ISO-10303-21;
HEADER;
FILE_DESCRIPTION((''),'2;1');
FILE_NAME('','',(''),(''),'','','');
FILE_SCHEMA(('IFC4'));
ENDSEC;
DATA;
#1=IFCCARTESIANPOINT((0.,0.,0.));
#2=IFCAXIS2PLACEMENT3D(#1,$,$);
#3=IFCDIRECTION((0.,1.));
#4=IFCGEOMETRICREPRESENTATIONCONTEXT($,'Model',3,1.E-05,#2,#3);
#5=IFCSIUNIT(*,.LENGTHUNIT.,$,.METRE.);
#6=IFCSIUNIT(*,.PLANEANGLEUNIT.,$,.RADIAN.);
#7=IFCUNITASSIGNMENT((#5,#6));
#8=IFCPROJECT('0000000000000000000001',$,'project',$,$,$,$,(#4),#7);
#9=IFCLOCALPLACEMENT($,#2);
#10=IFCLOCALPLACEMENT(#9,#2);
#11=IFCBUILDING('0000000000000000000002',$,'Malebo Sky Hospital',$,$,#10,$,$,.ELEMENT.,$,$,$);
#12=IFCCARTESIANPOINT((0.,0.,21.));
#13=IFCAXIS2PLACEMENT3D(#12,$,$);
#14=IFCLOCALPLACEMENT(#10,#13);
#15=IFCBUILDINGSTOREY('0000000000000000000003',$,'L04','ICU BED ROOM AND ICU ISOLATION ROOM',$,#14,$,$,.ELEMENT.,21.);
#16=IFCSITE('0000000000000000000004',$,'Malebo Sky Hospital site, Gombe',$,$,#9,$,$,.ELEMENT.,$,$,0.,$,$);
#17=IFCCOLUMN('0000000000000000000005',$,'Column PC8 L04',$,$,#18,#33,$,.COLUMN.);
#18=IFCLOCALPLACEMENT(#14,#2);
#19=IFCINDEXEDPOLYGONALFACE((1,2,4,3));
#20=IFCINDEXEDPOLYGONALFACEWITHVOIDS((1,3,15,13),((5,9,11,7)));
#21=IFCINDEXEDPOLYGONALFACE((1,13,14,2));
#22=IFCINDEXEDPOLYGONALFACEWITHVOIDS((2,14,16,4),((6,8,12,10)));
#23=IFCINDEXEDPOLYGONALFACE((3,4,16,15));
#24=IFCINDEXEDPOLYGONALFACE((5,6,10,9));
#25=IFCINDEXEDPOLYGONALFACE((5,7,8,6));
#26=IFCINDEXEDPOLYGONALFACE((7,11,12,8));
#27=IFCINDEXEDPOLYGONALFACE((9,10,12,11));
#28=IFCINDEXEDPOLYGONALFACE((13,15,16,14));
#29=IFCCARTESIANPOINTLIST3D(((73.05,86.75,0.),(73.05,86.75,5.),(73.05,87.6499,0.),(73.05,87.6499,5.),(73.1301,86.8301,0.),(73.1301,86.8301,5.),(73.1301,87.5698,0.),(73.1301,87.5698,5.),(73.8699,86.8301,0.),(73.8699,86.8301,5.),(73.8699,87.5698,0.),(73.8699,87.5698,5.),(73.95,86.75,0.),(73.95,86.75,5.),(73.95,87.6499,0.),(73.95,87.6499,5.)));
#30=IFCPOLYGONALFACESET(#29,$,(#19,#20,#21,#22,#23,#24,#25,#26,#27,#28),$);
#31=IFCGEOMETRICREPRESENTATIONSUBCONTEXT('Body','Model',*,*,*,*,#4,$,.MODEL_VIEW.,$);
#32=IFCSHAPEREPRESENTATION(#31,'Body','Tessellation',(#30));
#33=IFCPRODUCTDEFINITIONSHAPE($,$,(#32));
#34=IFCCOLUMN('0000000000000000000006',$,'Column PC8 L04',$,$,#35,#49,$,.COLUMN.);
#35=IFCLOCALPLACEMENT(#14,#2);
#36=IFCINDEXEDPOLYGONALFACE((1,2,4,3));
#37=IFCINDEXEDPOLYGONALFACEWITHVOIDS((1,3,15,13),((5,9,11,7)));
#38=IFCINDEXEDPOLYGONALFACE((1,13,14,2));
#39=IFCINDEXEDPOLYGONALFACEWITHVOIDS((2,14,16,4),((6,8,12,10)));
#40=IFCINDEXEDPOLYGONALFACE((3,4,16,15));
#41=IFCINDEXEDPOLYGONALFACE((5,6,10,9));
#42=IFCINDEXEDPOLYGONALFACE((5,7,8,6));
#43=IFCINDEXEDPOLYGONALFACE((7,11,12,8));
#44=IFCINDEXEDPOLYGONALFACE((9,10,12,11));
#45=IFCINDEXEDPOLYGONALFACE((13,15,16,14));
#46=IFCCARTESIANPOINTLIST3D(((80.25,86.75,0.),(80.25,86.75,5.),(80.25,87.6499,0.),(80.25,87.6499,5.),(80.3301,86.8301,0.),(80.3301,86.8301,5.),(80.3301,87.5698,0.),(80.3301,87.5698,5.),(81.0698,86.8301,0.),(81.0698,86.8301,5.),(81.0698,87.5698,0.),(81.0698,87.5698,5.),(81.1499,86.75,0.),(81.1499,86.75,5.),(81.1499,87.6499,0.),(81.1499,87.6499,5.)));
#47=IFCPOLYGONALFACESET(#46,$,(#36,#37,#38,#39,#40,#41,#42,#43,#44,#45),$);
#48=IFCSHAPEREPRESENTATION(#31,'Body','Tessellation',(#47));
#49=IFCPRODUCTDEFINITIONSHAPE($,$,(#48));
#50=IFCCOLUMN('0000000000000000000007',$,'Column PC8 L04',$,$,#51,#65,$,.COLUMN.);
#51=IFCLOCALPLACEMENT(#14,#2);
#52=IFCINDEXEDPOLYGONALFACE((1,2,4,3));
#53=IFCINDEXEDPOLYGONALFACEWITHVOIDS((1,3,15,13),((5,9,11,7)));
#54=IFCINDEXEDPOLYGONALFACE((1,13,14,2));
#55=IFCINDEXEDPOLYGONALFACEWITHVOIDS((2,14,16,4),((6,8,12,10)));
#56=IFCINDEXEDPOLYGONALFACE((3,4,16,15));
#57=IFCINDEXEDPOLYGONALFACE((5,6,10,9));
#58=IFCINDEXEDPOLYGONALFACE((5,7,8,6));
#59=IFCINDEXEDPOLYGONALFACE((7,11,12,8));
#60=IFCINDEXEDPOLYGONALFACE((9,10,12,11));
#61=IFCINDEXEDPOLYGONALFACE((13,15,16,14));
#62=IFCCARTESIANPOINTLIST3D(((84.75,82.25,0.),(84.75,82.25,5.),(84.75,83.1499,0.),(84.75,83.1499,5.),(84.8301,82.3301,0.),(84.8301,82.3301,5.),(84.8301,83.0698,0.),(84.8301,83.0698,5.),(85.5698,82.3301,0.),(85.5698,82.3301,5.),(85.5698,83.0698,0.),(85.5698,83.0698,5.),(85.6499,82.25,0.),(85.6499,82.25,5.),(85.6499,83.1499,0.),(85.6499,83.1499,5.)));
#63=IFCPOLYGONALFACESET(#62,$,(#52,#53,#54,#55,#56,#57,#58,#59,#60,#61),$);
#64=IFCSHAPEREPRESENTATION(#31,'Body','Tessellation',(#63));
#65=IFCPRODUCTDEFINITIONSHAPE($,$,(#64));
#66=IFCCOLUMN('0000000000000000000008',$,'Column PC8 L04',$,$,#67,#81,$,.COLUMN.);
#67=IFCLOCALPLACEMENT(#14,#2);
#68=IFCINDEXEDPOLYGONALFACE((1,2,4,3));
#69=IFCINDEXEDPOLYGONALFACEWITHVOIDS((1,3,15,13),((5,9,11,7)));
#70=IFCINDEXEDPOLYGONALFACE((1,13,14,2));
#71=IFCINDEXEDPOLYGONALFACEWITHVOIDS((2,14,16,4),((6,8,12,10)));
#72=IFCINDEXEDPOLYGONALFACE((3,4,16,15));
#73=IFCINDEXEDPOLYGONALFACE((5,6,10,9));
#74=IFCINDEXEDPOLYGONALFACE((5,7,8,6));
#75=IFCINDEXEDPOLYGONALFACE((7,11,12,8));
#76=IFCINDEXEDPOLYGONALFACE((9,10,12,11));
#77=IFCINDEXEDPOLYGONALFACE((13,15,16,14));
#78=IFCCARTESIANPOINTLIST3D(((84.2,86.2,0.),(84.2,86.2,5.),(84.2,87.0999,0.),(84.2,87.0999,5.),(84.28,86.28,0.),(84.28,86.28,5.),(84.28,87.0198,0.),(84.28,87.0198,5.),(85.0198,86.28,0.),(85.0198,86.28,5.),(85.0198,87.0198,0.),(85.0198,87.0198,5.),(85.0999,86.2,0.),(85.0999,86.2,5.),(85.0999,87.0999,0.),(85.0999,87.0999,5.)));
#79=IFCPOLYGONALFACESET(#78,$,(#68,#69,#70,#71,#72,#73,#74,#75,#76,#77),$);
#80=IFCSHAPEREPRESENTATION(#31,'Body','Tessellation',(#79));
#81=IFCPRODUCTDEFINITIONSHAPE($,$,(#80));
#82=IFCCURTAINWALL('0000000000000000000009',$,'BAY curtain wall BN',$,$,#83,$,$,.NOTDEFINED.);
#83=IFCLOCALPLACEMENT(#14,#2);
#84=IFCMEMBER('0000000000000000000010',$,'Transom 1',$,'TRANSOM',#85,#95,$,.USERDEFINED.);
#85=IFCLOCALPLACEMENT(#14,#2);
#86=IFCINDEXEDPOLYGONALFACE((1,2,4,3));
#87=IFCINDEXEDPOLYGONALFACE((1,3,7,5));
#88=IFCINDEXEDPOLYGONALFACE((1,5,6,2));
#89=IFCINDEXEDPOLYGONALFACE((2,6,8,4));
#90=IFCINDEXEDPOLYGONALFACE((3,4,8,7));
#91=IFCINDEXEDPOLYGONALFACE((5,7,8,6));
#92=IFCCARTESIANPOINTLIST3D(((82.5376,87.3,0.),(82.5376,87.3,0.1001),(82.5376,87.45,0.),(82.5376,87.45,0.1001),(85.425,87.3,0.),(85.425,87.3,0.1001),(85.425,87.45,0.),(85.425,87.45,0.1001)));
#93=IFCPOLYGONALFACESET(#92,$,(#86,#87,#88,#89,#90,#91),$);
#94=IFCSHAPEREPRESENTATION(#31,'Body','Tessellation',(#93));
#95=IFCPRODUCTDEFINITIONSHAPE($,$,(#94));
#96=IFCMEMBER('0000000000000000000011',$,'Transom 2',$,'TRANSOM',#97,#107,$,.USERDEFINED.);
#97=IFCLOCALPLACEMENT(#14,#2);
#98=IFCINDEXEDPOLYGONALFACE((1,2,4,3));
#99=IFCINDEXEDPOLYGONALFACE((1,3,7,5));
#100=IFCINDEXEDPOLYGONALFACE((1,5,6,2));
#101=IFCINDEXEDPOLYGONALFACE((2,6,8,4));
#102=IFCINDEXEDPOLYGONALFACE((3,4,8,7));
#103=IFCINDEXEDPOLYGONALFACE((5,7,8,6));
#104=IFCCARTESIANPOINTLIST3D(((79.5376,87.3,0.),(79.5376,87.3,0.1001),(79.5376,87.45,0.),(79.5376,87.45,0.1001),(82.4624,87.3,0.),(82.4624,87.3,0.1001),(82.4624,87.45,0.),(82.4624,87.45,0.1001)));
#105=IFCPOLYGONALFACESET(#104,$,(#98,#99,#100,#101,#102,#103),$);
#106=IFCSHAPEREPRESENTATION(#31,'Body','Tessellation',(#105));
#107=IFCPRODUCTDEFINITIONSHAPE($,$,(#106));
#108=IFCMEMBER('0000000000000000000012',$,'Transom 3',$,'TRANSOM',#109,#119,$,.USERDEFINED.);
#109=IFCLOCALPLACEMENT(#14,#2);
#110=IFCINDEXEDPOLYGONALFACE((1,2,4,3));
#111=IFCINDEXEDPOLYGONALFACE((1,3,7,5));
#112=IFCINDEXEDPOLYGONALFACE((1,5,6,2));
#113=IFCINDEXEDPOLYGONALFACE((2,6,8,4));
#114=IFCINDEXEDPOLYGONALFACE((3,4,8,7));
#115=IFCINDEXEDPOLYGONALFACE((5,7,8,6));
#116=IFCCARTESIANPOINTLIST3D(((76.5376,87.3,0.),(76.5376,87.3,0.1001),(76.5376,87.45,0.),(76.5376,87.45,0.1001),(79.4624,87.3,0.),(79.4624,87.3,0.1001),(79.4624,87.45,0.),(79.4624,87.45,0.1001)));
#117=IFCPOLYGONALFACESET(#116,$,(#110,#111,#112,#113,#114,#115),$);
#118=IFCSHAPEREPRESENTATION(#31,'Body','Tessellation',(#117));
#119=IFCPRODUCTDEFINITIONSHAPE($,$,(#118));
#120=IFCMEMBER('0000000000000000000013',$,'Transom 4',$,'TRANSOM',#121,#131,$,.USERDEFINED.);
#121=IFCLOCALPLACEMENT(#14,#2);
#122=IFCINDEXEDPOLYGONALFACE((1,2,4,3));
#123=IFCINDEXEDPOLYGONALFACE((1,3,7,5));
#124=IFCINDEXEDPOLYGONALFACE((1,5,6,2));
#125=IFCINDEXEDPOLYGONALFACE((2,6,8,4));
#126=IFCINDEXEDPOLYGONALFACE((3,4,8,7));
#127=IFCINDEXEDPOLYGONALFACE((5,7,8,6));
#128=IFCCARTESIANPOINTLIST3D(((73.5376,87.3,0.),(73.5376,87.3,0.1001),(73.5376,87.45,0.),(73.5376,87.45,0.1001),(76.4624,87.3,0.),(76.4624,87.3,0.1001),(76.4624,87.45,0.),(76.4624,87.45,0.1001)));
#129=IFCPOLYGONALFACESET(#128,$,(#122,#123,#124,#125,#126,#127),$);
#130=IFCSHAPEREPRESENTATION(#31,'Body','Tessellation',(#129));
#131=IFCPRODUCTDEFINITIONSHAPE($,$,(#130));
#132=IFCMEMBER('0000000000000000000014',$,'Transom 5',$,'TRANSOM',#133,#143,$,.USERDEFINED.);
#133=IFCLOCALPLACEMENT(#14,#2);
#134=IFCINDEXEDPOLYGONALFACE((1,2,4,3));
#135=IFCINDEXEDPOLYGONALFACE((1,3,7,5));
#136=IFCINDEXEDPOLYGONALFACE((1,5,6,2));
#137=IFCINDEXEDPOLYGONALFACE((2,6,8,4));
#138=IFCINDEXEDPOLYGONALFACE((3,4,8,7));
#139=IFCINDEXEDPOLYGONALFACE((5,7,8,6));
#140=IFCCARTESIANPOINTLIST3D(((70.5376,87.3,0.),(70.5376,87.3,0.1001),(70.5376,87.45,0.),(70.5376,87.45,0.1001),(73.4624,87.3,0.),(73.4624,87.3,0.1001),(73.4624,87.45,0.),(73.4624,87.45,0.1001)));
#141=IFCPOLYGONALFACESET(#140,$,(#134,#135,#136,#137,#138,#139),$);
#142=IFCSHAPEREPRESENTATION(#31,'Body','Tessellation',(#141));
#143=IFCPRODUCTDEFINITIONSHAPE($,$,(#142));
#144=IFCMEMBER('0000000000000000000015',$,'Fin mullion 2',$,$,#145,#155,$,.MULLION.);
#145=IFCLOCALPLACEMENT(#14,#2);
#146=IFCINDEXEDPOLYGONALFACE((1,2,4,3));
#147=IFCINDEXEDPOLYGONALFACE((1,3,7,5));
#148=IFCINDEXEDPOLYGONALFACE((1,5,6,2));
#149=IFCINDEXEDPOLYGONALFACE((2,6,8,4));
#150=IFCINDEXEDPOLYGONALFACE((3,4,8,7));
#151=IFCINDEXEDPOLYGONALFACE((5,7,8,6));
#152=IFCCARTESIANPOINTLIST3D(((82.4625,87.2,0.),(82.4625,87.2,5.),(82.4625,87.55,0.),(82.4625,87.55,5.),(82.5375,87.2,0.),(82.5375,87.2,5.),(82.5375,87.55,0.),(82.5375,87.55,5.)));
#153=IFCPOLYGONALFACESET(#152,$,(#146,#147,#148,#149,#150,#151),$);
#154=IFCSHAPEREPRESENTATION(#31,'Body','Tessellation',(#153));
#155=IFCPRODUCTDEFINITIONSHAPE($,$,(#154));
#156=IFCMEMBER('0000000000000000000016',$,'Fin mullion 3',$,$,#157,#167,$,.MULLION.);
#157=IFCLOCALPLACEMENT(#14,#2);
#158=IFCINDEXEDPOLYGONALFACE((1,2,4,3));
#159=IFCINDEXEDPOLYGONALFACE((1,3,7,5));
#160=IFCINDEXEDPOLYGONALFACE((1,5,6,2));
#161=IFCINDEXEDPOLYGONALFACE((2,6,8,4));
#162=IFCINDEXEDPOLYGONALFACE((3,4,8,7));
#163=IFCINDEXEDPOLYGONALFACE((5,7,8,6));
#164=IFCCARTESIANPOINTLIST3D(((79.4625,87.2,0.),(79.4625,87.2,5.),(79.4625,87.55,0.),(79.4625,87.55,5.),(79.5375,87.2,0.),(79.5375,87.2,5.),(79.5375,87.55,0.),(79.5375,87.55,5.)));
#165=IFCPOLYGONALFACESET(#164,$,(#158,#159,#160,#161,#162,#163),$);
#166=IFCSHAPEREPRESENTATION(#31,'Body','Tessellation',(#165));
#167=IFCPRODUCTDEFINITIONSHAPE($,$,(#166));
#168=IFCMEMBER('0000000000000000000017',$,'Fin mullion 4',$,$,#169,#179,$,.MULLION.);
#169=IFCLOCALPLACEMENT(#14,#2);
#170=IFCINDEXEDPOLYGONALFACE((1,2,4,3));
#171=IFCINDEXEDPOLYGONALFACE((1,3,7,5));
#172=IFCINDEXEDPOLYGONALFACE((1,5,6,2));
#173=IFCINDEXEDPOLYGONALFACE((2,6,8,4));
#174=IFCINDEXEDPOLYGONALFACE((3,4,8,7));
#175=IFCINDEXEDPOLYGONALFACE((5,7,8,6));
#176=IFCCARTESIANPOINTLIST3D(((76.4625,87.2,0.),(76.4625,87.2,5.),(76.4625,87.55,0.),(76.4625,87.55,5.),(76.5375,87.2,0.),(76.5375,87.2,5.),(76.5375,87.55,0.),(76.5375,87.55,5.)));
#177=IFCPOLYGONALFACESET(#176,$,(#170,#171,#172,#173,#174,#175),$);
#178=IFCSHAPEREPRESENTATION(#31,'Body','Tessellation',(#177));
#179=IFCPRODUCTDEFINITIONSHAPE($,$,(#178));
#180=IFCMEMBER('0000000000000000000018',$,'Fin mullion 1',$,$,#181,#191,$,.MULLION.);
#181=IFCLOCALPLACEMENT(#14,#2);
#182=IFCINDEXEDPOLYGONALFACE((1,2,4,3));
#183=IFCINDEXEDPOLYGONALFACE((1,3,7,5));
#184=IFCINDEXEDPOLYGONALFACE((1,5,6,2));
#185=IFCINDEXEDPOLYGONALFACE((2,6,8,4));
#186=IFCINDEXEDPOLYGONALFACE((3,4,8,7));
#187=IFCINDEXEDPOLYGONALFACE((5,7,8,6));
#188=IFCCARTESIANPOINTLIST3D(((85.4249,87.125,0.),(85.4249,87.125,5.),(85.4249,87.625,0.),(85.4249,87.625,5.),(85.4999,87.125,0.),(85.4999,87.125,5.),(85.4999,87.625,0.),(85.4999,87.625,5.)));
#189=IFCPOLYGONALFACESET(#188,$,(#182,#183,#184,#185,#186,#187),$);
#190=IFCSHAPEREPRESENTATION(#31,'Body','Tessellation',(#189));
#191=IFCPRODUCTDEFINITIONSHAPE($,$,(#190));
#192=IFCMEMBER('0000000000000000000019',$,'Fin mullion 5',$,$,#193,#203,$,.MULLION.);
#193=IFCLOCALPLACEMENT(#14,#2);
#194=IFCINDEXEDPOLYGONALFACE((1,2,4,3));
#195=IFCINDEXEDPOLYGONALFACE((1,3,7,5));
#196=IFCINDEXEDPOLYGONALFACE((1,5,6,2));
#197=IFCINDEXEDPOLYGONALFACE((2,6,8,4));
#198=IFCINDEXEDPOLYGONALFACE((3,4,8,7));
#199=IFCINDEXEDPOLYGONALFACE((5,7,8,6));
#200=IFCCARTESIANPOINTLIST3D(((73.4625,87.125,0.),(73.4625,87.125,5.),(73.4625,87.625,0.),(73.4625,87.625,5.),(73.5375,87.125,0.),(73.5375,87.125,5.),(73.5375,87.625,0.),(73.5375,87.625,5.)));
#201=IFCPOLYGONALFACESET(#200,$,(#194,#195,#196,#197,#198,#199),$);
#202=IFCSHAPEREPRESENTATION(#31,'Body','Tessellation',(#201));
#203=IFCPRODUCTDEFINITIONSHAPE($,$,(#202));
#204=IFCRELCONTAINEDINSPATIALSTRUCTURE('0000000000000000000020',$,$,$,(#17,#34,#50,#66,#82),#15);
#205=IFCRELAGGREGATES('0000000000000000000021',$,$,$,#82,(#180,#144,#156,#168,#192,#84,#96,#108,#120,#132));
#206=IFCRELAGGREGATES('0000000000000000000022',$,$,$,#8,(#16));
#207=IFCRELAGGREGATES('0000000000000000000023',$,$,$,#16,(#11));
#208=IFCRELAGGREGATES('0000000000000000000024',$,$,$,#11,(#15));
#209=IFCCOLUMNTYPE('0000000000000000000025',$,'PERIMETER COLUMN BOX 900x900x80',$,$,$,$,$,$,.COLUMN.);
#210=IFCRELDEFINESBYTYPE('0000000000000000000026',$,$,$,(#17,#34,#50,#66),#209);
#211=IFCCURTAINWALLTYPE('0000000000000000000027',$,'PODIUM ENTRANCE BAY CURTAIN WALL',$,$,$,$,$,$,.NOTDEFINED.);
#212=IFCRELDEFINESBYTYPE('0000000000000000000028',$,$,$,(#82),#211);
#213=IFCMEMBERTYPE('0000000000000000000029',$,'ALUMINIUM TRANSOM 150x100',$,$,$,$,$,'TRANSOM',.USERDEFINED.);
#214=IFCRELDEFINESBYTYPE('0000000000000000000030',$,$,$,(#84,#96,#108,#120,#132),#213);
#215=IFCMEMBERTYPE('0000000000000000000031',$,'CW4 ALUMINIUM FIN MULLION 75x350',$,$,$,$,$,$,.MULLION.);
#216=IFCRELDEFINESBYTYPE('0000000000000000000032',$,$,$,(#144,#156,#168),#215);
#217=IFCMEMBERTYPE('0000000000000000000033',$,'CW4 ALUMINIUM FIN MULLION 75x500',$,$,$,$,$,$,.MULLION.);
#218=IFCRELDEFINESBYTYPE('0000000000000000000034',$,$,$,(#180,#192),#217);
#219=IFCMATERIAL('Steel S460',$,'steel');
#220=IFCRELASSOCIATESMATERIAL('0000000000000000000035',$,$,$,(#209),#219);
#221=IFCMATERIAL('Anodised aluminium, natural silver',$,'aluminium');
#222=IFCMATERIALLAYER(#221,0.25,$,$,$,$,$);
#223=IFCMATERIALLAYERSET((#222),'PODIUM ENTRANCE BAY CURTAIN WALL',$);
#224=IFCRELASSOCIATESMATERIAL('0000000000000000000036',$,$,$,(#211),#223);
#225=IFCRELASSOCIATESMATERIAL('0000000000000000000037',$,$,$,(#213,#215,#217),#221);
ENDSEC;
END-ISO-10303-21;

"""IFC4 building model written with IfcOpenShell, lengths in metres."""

from ifc_helpers import new_model, si_unit, direction, frame, origin, origin_2d, place, context, subcontext, project, spatial, rectangle, hollow_rectangle, extrude, material, layer, layer_set, material_profile, profile_set, type_object, element, aggregate, save


model = new_model("IFC4")

# Units and contexts
model_context = context("Model", 3, precision=1e-05, world=origin(), true_north=direction((0.0, 1.0)))
body_context = subcontext(model_context, "Body", "Model", "MODEL_VIEW")
ifc_project = project(units=[si_unit("LENGTHUNIT", "METRE"), si_unit("PLANEANGLEUNIT", "RADIAN")], contexts=[model_context])

# Site, building, storey
site_placement = place(None, origin())
site = spatial("IfcSite", under=ifc_project, at=site_placement, Name="Malebo Sky Hospital site, Gombe", CompositionType="ELEMENT", RefElevation=0.0)
building_placement = place(site_placement, origin())
building = spatial("IfcBuilding", under=site, at=building_placement, Name="Malebo Sky Hospital", CompositionType="ELEMENT")
storey_placement = place(building_placement, frame((0.0, 0.0, 21.0)))
storey = spatial("IfcBuildingStorey", under=building, at=storey_placement, Name="L04", Description="ICU BED ROOM AND ICU ISOLATION ROOM", CompositionType="ELEMENT", Elevation=21.0)

# Columns
ifc_material_1 = material(Name="Steel S460", Category="steel")
ifc_material_profile_1 = material_profile(ifc_material_1, hollow_rectangle(XDim=0.8999, YDim=0.8999, WallThickness=0.0801, at=origin_2d()), Name="BOX 900x900x80")
ifc_profile_set_1 = profile_set([ifc_material_profile_1], Name="Steel S460")
column_type = type_object("IfcColumnType", Name="PERIMETER COLUMN BOX 900x900x80", PredefinedType="COLUMN", material=ifc_profile_set_1)
for number, where, z_axis, x_axis, name in (
    (1, (73.5, 87.2, 0.0), (0.0, 0.0, 1.0), (1.0, 0.0, 0.0), "Column PC8 L04"),
    (2, (80.7, 87.2, 0.0), (0.0, 0.0, 1.0), (1.0, 0.0, 0.0), "Column PC8 L04"),
    (3, (85.2, 82.7, 0.0), (0.0, 0.0, 1.0), (1.0, 0.0, 0.0), "Column PC8 L04"),
    (4, (84.6499, 86.6499, 0.0), (0.0, 0.0, 1.0), (1.0, 0.0, 0.0), "Column PC8 L04"),
):
    element("IfcColumn", number, at=place(storey_placement, frame(where, z_axis=z_axis, x_axis=x_axis)), inside=storey, type_object=column_type, Name=name, PredefinedType="COLUMN", context=body_context, shape_type="SweptSolid", body=[
        extrude(hollow_rectangle(XDim=0.8999, YDim=0.8999, WallThickness=0.0801, at=origin_2d()), origin(), (0.0, 0.0, 1.0), 5.0),
    ])

# Curtain wall, members
ifc_material_2 = material(Name="Anodised aluminium, natural silver", Category="aluminium")
ifc_layer_1 = layer(ifc_material_2, 0.25)
ifc_layer_set_1 = layer_set([ifc_layer_1], Name="PODIUM ENTRANCE BAY CURTAIN WALL")
curtain_wall_type = type_object("IfcCurtainWallType", Name="PODIUM ENTRANCE BAY CURTAIN WALL", PredefinedType="NOTDEFINED", material=ifc_layer_set_1)
curtain_wall_placement = place(storey_placement, origin())
curtain_wall = element("IfcCurtainWall", 5, at=curtain_wall_placement, inside=storey, type_object=curtain_wall_type, Name="BAY curtain wall BN", PredefinedType="NOTDEFINED")
ifc_material_profile_2 = material_profile(ifc_material_2, rectangle(XDim=0.1499, YDim=0.1001, at=origin_2d()), Name="ALUMINIUM TRANSOM 150x100")
ifc_profile_set_2 = profile_set([ifc_material_profile_2], Name="Anodised aluminium, natural silver")
member_type_1 = type_object("IfcMemberType", Name="ALUMINIUM TRANSOM 150x100", ElementType="TRANSOM", PredefinedType="USERDEFINED", material=ifc_profile_set_2)
member_1_placement = place(storey_placement, frame((85.425, 87.375, 0.05), z_axis=(-1.0, 0.0, 0.0), x_axis=(0.0, -1.0, 0.0)))
member_1 = element("IfcMember", 6, at=member_1_placement, type_object=member_type_1, Name="Transom 1", ObjectType="TRANSOM", PredefinedType="USERDEFINED", context=body_context, shape_type="SweptSolid", body=[
    extrude(rectangle(XDim=0.1499, YDim=0.1001, at=origin_2d()), origin(), (0.0, 0.0, 1.0), 2.8875),
])
member_2_placement = place(storey_placement, frame((82.4624, 87.375, 0.05), z_axis=(-1.0, 0.0, 0.0), x_axis=(0.0, -1.0, 0.0)))
member_2 = element("IfcMember", 7, at=member_2_placement, type_object=member_type_1, Name="Transom 2", ObjectType="TRANSOM", PredefinedType="USERDEFINED", context=body_context, shape_type="SweptSolid", body=[
    extrude(rectangle(XDim=0.1499, YDim=0.1001, at=origin_2d()), origin(), (0.0, 0.0, 1.0), 2.9248),
])
member_3_placement = place(storey_placement, frame((79.4624, 87.375, 0.05), z_axis=(-1.0, 0.0, 0.0), x_axis=(0.0, -1.0, 0.0)))
member_3 = element("IfcMember", 8, at=member_3_placement, type_object=member_type_1, Name="Transom 3", ObjectType="TRANSOM", PredefinedType="USERDEFINED", context=body_context, shape_type="SweptSolid", body=[
    extrude(rectangle(XDim=0.1499, YDim=0.1001, at=origin_2d()), origin(), (0.0, 0.0, 1.0), 2.9248),
])
member_4_placement = place(storey_placement, frame((76.4624, 87.375, 0.05), z_axis=(-1.0, 0.0, 0.0), x_axis=(0.0, -1.0, 0.0)))
member_4 = element("IfcMember", 9, at=member_4_placement, type_object=member_type_1, Name="Transom 4", ObjectType="TRANSOM", PredefinedType="USERDEFINED", context=body_context, shape_type="SweptSolid", body=[
    extrude(rectangle(XDim=0.1499, YDim=0.1001, at=origin_2d()), origin(), (0.0, 0.0, 1.0), 2.9248),
])
member_5_placement = place(storey_placement, frame((73.4624, 87.375, 0.05), z_axis=(-1.0, 0.0, 0.0), x_axis=(0.0, -1.0, 0.0)))
member_5 = element("IfcMember", 10, at=member_5_placement, type_object=member_type_1, Name="Transom 5", ObjectType="TRANSOM", PredefinedType="USERDEFINED", context=body_context, shape_type="SweptSolid", body=[
    extrude(rectangle(XDim=0.1499, YDim=0.1001, at=origin_2d()), origin(), (0.0, 0.0, 1.0), 2.9248),
])
ifc_material_profile_3 = material_profile(ifc_material_2, rectangle(XDim=0.075, YDim=0.3501, at=origin_2d()), Name="CW4 ALUMINIUM FIN MULLION 75x350")
ifc_profile_set_3 = profile_set([ifc_material_profile_3], Name="Anodised aluminium, natural silver")
member_type_2 = type_object("IfcMemberType", Name="CW4 ALUMINIUM FIN MULLION 75x350", PredefinedType="MULLION", material=ifc_profile_set_3)
member_6_placement = place(storey_placement, frame((82.5, 87.375, 0.0), z_axis=(0.0, 0.0, 1.0), x_axis=(-1.0, 0.0, 0.0)))
member_6 = element("IfcMember", 11, at=member_6_placement, type_object=member_type_2, Name="Fin mullion 2", PredefinedType="MULLION", context=body_context, shape_type="SweptSolid", body=[
    extrude(rectangle(XDim=0.075, YDim=0.3501, at=origin_2d()), origin(), (0.0, 0.0, 1.0), 5.0),
])
member_7_placement = place(storey_placement, frame((79.5, 87.375, 0.0), z_axis=(0.0, 0.0, 1.0), x_axis=(-1.0, 0.0, 0.0)))
member_7 = element("IfcMember", 12, at=member_7_placement, type_object=member_type_2, Name="Fin mullion 3", PredefinedType="MULLION", context=body_context, shape_type="SweptSolid", body=[
    extrude(rectangle(XDim=0.075, YDim=0.3501, at=origin_2d()), origin(), (0.0, 0.0, 1.0), 5.0),
])
member_8_placement = place(storey_placement, frame((76.5, 87.375, 0.0), z_axis=(0.0, 0.0, 1.0), x_axis=(-1.0, 0.0, 0.0)))
member_8 = element("IfcMember", 13, at=member_8_placement, type_object=member_type_2, Name="Fin mullion 4", PredefinedType="MULLION", context=body_context, shape_type="SweptSolid", body=[
    extrude(rectangle(XDim=0.075, YDim=0.3501, at=origin_2d()), origin(), (0.0, 0.0, 1.0), 5.0),
])
ifc_material_profile_4 = material_profile(ifc_material_2, rectangle(XDim=0.075, YDim=0.5, at=origin_2d()), Name="CW4 ALUMINIUM FIN MULLION 75x500")
ifc_profile_set_4 = profile_set([ifc_material_profile_4], Name="Anodised aluminium, natural silver")
member_type_3 = type_object("IfcMemberType", Name="CW4 ALUMINIUM FIN MULLION 75x500", PredefinedType="MULLION", material=ifc_profile_set_4)
member_9_placement = place(storey_placement, frame((85.4624, 87.375, 0.0), z_axis=(0.0, 0.0, 1.0), x_axis=(-1.0, 0.0, 0.0)))
member_9 = element("IfcMember", 14, at=member_9_placement, type_object=member_type_3, Name="Fin mullion 1", PredefinedType="MULLION", context=body_context, shape_type="SweptSolid", body=[
    extrude(rectangle(XDim=0.075, YDim=0.5, at=origin_2d()), origin(), (0.0, 0.0, 1.0), 5.0),
])
member_10_placement = place(storey_placement, frame((73.5, 87.375, 0.0), z_axis=(0.0, 0.0, 1.0), x_axis=(-1.0, 0.0, 0.0)))
member_10 = element("IfcMember", 15, at=member_10_placement, type_object=member_type_3, Name="Fin mullion 5", PredefinedType="MULLION", context=body_context, shape_type="SweptSolid", body=[
    extrude(rectangle(XDim=0.075, YDim=0.5, at=origin_2d()), origin(), (0.0, 0.0, 1.0), 5.0),
])

aggregate(curtain_wall, [member_9, member_6, member_7, member_8, member_10, member_1, member_2, member_3, member_4, member_5])

save(model, "model.ifc")
